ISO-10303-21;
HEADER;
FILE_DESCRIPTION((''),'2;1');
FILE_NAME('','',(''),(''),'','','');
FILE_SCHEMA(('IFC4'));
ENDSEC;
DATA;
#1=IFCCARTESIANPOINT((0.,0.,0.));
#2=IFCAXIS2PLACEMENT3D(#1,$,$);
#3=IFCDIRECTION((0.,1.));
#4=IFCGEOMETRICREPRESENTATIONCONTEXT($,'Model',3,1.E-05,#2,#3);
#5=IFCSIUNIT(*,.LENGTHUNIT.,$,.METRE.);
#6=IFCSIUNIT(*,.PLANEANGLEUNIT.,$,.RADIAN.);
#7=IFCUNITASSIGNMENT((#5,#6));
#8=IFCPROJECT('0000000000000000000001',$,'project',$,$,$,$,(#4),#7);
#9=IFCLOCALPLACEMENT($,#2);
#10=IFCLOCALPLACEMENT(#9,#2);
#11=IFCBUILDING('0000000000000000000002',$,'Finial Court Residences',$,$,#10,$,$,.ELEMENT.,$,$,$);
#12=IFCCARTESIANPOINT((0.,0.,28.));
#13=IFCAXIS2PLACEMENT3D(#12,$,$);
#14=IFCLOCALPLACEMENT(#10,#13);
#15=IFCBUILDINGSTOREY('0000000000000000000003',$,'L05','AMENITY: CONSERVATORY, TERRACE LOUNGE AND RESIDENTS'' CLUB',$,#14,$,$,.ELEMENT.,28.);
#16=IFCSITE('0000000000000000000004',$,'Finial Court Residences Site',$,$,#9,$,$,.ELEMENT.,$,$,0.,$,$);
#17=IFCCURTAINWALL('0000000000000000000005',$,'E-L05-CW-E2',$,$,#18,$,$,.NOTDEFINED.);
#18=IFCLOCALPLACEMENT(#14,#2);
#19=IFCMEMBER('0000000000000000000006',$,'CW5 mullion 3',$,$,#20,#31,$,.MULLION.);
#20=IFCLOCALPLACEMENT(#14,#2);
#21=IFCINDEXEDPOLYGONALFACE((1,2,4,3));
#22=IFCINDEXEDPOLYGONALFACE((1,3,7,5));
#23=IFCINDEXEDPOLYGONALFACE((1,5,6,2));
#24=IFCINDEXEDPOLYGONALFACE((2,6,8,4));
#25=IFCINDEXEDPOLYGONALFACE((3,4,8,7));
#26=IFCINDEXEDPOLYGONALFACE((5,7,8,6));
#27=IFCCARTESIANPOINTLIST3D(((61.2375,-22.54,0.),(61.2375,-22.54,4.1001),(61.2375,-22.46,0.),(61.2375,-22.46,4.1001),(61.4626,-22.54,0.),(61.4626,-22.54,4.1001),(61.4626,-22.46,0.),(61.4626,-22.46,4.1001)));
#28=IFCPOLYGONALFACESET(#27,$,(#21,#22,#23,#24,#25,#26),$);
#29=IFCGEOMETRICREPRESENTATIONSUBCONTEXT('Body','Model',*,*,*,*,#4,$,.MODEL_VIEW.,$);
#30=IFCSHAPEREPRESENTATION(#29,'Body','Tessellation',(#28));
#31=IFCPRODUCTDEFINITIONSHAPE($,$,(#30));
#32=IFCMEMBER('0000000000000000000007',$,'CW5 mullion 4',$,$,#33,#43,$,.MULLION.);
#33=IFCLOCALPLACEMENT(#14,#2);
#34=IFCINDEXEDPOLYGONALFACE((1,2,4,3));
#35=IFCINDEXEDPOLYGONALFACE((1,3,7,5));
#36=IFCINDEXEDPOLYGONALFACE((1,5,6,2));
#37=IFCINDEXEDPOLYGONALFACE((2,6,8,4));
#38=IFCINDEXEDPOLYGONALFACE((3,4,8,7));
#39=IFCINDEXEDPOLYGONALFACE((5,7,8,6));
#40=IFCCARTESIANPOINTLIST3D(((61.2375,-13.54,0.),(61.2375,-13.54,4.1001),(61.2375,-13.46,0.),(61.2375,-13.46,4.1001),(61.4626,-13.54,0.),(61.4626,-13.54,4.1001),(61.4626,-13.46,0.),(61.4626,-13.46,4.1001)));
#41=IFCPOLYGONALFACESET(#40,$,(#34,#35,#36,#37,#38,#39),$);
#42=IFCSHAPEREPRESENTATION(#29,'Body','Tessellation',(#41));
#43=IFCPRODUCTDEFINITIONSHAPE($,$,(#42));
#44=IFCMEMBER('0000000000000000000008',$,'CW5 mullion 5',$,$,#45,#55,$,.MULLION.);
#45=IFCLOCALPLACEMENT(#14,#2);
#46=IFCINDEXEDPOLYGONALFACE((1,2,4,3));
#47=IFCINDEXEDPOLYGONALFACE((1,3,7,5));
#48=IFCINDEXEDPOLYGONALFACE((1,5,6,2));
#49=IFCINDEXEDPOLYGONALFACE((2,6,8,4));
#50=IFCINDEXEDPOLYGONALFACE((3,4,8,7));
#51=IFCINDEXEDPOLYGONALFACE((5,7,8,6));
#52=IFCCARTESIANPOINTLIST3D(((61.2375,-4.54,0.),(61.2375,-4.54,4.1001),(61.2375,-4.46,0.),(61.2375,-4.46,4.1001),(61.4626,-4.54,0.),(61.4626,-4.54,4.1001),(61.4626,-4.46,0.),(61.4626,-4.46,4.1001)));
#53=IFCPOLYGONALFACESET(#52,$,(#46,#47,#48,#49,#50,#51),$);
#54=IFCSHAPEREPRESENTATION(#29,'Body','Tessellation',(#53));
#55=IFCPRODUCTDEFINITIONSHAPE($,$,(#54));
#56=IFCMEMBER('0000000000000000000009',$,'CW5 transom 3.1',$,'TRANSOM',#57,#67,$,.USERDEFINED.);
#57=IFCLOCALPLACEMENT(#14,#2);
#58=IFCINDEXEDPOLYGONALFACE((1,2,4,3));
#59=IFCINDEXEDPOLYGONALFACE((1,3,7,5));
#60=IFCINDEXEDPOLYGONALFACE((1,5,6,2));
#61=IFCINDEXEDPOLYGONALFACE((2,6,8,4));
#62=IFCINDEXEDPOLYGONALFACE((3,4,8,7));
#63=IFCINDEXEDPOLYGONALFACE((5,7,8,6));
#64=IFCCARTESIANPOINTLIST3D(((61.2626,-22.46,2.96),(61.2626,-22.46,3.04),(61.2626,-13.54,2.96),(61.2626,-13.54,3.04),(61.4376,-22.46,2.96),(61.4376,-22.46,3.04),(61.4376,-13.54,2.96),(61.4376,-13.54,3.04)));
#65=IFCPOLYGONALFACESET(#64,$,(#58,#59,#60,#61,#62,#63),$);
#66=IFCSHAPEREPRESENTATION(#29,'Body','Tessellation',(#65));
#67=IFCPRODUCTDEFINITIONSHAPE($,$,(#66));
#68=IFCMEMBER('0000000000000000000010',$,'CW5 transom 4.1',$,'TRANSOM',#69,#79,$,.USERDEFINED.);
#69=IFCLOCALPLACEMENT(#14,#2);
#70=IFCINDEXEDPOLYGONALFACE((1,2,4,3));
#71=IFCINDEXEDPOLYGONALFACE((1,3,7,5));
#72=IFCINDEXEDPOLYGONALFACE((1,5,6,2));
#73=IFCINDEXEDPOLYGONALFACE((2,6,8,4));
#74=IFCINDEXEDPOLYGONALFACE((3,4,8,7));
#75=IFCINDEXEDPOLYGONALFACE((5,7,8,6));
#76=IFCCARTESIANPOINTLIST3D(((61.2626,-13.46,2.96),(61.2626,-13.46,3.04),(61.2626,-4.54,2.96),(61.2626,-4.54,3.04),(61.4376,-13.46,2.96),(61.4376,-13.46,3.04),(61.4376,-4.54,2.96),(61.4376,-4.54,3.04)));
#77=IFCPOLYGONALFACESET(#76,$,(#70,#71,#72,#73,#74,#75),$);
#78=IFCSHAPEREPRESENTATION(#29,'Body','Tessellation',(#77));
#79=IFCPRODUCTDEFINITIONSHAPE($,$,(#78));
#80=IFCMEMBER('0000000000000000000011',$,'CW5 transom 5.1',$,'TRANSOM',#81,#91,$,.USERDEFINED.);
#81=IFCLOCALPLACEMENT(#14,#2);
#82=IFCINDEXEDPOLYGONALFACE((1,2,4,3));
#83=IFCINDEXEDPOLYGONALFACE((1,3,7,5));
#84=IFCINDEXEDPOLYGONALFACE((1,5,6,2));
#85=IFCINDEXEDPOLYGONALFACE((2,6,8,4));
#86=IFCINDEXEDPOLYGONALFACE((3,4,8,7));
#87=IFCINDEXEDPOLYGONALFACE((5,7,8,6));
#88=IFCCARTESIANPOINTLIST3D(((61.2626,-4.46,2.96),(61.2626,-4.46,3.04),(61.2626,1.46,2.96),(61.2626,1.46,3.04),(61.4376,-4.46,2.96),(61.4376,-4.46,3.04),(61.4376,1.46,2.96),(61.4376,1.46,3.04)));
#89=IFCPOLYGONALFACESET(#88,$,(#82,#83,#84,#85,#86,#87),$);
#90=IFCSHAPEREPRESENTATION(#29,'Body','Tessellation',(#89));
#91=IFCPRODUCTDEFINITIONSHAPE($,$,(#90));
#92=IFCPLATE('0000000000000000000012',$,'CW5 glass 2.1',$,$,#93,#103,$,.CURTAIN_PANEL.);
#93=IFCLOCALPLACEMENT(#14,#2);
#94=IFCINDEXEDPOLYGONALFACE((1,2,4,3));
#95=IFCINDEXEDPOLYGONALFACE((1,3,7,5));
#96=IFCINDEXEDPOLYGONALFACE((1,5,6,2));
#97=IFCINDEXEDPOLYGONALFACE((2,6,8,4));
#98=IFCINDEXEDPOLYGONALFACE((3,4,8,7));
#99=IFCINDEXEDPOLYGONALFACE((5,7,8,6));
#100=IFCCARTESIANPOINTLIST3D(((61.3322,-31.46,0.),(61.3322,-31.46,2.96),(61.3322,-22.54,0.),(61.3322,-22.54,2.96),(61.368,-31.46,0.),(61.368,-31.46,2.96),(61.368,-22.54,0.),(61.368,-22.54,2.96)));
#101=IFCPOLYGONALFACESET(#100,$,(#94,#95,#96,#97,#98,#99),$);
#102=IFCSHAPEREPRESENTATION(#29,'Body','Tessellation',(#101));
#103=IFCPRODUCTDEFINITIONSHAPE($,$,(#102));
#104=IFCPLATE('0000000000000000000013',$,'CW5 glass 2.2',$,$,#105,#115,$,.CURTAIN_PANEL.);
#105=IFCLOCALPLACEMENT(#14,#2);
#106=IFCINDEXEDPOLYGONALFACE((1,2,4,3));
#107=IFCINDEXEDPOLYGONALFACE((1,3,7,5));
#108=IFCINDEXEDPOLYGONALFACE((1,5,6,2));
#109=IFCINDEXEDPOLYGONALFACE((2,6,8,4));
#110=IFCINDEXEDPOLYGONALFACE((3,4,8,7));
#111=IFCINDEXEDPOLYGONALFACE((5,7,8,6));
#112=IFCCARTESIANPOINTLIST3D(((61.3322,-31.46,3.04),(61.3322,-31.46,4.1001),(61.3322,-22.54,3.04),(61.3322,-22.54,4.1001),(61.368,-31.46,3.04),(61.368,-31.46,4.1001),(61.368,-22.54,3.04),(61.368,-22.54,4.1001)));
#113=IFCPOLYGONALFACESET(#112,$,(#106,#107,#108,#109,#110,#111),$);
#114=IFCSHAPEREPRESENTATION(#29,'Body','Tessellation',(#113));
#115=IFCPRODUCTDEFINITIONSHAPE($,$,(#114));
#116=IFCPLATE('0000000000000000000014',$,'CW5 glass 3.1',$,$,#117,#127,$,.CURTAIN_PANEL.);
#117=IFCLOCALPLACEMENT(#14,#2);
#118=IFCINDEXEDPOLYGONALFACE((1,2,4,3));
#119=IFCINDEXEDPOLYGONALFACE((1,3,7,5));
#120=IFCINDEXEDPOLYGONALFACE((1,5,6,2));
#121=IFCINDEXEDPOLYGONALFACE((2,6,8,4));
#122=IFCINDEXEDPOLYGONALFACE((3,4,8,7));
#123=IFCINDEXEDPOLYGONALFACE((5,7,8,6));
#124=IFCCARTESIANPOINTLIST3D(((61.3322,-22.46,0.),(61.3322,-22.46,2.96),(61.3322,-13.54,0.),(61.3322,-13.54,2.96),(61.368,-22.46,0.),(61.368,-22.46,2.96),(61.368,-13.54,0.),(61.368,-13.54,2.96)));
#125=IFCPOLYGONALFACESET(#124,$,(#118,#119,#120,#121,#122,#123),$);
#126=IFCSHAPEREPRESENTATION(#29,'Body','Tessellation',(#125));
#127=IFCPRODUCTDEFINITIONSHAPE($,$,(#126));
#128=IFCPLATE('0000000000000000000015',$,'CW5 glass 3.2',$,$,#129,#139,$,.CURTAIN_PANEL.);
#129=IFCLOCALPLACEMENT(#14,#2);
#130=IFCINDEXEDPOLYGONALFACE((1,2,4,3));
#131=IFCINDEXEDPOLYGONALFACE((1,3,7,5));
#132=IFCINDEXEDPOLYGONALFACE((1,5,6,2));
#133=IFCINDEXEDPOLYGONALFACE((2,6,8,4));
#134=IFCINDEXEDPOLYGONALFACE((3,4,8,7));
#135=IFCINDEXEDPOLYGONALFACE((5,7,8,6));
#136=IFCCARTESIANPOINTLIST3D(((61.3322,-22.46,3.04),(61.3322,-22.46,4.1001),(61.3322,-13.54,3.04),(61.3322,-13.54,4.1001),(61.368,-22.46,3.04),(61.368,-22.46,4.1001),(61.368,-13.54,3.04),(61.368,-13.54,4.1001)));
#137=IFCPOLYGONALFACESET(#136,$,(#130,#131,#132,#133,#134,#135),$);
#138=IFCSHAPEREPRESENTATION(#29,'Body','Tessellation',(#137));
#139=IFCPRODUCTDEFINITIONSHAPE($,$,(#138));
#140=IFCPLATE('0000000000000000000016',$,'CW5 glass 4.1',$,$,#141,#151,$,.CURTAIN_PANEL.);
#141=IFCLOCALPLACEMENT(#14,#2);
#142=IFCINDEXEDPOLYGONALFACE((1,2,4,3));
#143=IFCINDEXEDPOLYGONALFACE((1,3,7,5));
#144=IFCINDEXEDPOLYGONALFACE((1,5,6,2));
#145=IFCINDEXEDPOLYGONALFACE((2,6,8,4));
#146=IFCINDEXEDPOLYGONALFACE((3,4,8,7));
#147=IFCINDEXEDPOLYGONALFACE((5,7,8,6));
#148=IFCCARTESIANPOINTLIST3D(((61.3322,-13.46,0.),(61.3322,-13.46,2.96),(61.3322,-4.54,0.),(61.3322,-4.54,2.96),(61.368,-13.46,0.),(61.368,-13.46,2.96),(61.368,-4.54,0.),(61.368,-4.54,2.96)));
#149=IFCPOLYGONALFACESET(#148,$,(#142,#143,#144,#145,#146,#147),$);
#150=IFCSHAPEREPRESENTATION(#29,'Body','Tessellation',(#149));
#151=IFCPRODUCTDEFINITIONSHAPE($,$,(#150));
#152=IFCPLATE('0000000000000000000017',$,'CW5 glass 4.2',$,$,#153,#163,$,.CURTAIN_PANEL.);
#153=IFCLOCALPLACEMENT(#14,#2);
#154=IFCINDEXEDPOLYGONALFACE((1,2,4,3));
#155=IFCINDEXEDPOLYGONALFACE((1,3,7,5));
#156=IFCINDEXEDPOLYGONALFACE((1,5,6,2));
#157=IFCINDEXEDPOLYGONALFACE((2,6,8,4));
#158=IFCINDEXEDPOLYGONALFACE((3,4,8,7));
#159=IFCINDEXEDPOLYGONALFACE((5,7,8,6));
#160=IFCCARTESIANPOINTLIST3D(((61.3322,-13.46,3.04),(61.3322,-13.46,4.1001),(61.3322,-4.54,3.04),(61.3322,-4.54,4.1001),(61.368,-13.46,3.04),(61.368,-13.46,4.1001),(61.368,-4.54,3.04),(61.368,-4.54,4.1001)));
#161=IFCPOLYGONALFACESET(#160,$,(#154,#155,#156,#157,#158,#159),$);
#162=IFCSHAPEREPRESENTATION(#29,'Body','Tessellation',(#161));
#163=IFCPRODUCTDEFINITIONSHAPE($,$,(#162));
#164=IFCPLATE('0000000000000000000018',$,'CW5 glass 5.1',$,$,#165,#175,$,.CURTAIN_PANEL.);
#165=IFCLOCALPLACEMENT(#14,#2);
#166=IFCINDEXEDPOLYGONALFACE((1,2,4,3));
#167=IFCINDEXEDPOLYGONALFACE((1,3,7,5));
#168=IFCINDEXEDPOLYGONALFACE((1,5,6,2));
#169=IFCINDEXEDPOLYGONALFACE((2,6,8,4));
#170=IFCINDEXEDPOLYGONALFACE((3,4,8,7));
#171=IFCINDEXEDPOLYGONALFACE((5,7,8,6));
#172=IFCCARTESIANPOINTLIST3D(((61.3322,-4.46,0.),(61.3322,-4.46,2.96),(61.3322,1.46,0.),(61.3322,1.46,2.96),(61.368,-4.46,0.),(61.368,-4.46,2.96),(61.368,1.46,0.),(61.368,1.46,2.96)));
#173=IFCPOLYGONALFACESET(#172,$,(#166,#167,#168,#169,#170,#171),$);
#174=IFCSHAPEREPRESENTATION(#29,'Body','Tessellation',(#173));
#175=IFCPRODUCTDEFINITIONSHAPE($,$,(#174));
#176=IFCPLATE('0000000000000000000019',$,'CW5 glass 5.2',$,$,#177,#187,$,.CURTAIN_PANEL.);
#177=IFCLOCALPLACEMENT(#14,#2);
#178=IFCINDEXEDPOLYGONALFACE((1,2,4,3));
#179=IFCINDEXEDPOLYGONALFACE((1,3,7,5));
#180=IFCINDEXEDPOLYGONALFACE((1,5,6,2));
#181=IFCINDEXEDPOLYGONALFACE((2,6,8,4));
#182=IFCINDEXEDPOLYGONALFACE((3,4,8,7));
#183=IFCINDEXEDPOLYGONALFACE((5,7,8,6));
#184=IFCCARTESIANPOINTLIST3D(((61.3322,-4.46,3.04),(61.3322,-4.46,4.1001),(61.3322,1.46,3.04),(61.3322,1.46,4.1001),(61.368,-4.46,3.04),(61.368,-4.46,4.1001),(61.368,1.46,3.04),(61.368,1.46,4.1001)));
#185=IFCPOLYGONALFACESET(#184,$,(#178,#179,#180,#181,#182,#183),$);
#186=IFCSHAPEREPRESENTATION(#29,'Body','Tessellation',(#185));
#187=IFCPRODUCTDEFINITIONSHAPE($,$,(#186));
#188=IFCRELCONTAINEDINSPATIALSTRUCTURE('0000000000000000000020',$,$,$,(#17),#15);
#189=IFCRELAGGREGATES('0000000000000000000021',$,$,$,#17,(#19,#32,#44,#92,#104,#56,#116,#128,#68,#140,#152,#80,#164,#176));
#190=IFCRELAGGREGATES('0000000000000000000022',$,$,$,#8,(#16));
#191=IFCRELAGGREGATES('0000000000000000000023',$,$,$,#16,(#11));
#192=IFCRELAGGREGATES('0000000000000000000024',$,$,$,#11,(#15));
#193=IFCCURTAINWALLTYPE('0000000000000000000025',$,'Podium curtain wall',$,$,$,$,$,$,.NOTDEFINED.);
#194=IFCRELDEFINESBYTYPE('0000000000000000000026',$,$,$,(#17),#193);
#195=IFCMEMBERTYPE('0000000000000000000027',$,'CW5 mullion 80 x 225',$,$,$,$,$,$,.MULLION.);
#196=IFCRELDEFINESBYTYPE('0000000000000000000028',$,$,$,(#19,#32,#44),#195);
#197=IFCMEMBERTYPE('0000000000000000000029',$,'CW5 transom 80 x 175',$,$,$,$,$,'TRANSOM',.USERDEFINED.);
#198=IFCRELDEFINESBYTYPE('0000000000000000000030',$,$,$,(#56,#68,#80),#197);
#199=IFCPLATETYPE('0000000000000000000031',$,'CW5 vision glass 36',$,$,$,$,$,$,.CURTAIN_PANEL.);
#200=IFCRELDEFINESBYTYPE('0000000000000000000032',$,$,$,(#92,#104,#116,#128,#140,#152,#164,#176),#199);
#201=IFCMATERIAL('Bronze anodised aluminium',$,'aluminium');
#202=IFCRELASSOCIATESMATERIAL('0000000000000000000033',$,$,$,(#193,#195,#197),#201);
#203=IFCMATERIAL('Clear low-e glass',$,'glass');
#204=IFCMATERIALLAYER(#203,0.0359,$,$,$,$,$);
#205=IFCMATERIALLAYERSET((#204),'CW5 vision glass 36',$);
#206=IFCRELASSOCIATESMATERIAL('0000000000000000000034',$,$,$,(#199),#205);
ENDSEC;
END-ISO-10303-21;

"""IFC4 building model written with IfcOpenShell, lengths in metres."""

from ifc_helpers import new_model, si_unit, direction, frame, origin, origin_2d, place, context, subcontext, project, spatial, rectangle, extrude, material, layer, layer_set, material_profile, profile_set, type_object, element, aggregate, save


model = new_model("IFC4")

# Units and contexts
model_context = context("Model", 3, precision=1e-05, world=origin(), true_north=direction((0.0, 1.0)))
body_context = subcontext(model_context, "Body", "Model", "MODEL_VIEW")
ifc_project = project(units=[si_unit("LENGTHUNIT", "METRE"), si_unit("PLANEANGLEUNIT", "RADIAN")], contexts=[model_context])

# Site, building, storey
site_placement = place(None, origin())
site = spatial("IfcSite", under=ifc_project, at=site_placement, Name="Finial Court Residences Site", CompositionType="ELEMENT", RefElevation=0.0)
building_placement = place(site_placement, origin())
building = spatial("IfcBuilding", under=site, at=building_placement, Name="Finial Court Residences", CompositionType="ELEMENT")
storey_placement = place(building_placement, frame((0.0, 0.0, 28.0)))
storey = spatial("IfcBuildingStorey", under=building, at=storey_placement, Name="L05", Description="AMENITY: CONSERVATORY, TERRACE LOUNGE AND RESIDENTS' CLUB", CompositionType="ELEMENT", Elevation=28.0)

# Curtain wall, members, plates
ifc_material_1 = material(Name="Bronze anodised aluminium", Category="aluminium")
curtain_wall_type = type_object("IfcCurtainWallType", Name="Podium curtain wall", PredefinedType="NOTDEFINED", material=ifc_material_1)
curtain_wall_placement = place(storey_placement, origin())
curtain_wall = element("IfcCurtainWall", 1, at=curtain_wall_placement, inside=storey, type_object=curtain_wall_type, Name="E-L05-CW-E2", PredefinedType="NOTDEFINED")
ifc_material_profile_1 = material_profile(ifc_material_1, rectangle(XDim=0.2251, YDim=0.0801, at=origin_2d()), Name="CW5 mullion 80 x 225")
ifc_profile_set_1 = profile_set([ifc_material_profile_1], Name="Bronze anodised aluminium")
member_type_1 = type_object("IfcMemberType", Name="CW5 mullion 80 x 225", PredefinedType="MULLION", material=ifc_profile_set_1)
member_1_placement = place(storey_placement, frame((61.3501, -22.5, 0.0), z_axis=(0.0, 0.0, 1.0), x_axis=(-1.0, 0.0, 0.0)))
member_1 = element("IfcMember", 2, at=member_1_placement, type_object=member_type_1, Name="CW5 mullion 3", PredefinedType="MULLION", context=body_context, shape_type="SweptSolid", body=[
    extrude(rectangle(XDim=0.2251, YDim=0.0801, at=origin_2d()), origin(), (0.0, 0.0, 1.0), 4.1001),
])
member_2_placement = place(storey_placement, frame((61.3501, -13.5, 0.0), z_axis=(0.0, 0.0, 1.0), x_axis=(-1.0, 0.0, 0.0)))
member_2 = element("IfcMember", 3, at=member_2_placement, type_object=member_type_1, Name="CW5 mullion 4", PredefinedType="MULLION", context=body_context, shape_type="SweptSolid", body=[
    extrude(rectangle(XDim=0.2251, YDim=0.0801, at=origin_2d()), origin(), (0.0, 0.0, 1.0), 4.1001),
])
member_3_placement = place(storey_placement, frame((61.3501, -4.5, 0.0), z_axis=(0.0, 0.0, 1.0), x_axis=(-1.0, 0.0, 0.0)))
member_3 = element("IfcMember", 4, at=member_3_placement, type_object=member_type_1, Name="CW5 mullion 5", PredefinedType="MULLION", context=body_context, shape_type="SweptSolid", body=[
    extrude(rectangle(XDim=0.2251, YDim=0.0801, at=origin_2d()), origin(), (0.0, 0.0, 1.0), 4.1001),
])
ifc_material_profile_2 = material_profile(ifc_material_1, rectangle(XDim=0.175, YDim=0.0801, at=origin_2d()), Name="CW5 transom 80 x 175")
ifc_profile_set_2 = profile_set([ifc_material_profile_2], Name="Bronze anodised aluminium")
member_type_2 = type_object("IfcMemberType", Name="CW5 transom 80 x 175", ElementType="TRANSOM", PredefinedType="USERDEFINED", material=ifc_profile_set_2)
member_4_placement = place(storey_placement, frame((61.3501, -22.46, 3.0), z_axis=(0.0, 1.0, 0.0), x_axis=(-1.0, 0.0, 0.0)))
member_4 = element("IfcMember", 5, at=member_4_placement, type_object=member_type_2, Name="CW5 transom 3.1", ObjectType="TRANSOM", PredefinedType="USERDEFINED", context=body_context, shape_type="SweptSolid", body=[
    extrude(rectangle(XDim=0.175, YDim=0.0801, at=origin_2d()), origin(), (0.0, 0.0, 1.0), 8.9199),
])
member_5_placement = place(storey_placement, frame((61.3501, -13.46, 3.0), z_axis=(0.0, 1.0, 0.0), x_axis=(-1.0, 0.0, 0.0)))
member_5 = element("IfcMember", 6, at=member_5_placement, type_object=member_type_2, Name="CW5 transom 4.1", ObjectType="TRANSOM", PredefinedType="USERDEFINED", context=body_context, shape_type="SweptSolid", body=[
    extrude(rectangle(XDim=0.175, YDim=0.0801, at=origin_2d()), origin(), (0.0, 0.0, 1.0), 8.9199),
])
member_6_placement = place(storey_placement, frame((61.3501, -4.46, 3.0), z_axis=(0.0, 1.0, 0.0), x_axis=(-1.0, 0.0, 0.0)))
member_6 = element("IfcMember", 7, at=member_6_placement, type_object=member_type_2, Name="CW5 transom 5.1", ObjectType="TRANSOM", PredefinedType="USERDEFINED", context=body_context, shape_type="SweptSolid", body=[
    extrude(rectangle(XDim=0.175, YDim=0.0801, at=origin_2d()), origin(), (0.0, 0.0, 1.0), 5.9199),
])
ifc_material_2 = material(Name="Clear low-e glass", Category="glass")
ifc_layer_1 = layer(ifc_material_2, 0.0359)
ifc_layer_set_1 = layer_set([ifc_layer_1], Name="CW5 vision glass 36")
plate_type = type_object("IfcPlateType", Name="CW5 vision glass 36", PredefinedType="CURTAIN_PANEL", material=ifc_layer_set_1)
plate_1_placement = place(storey_placement, frame((61.3501, -27.0, 0.0), z_axis=(0.0, 0.0, 1.0), x_axis=(0.0, 1.0, 0.0)))
plate_1 = element("IfcPlate", 8, at=plate_1_placement, type_object=plate_type, Name="CW5 glass 2.1", PredefinedType="CURTAIN_PANEL", context=body_context, shape_type="SweptSolid", body=[
    extrude(rectangle(XDim=8.9199, YDim=0.0359, at=origin_2d()), origin(), (0.0, 0.0, 1.0), 2.96),
])
plate_2_placement = place(storey_placement, frame((61.3501, -27.0, 3.04), z_axis=(0.0, 0.0, 1.0), x_axis=(0.0, 1.0, 0.0)))
plate_2 = element("IfcPlate", 9, at=plate_2_placement, type_object=plate_type, Name="CW5 glass 2.2", PredefinedType="CURTAIN_PANEL", context=body_context, shape_type="SweptSolid", body=[
    extrude(rectangle(XDim=8.9199, YDim=0.0359, at=origin_2d()), origin(), (0.0, 0.0, 1.0), 1.0601),
])
plate_3_placement = place(storey_placement, frame((61.3501, -18.0, 0.0), z_axis=(0.0, 0.0, 1.0), x_axis=(0.0, 1.0, 0.0)))
plate_3 = element("IfcPlate", 10, at=plate_3_placement, type_object=plate_type, Name="CW5 glass 3.1", PredefinedType="CURTAIN_PANEL", context=body_context, shape_type="SweptSolid", body=[
    extrude(rectangle(XDim=8.9199, YDim=0.0359, at=origin_2d()), origin(), (0.0, 0.0, 1.0), 2.96),
])
plate_4_placement = place(storey_placement, frame((61.3501, -18.0, 3.04), z_axis=(0.0, 0.0, 1.0), x_axis=(0.0, 1.0, 0.0)))
plate_4 = element("IfcPlate", 11, at=plate_4_placement, type_object=plate_type, Name="CW5 glass 3.2", PredefinedType="CURTAIN_PANEL", context=body_context, shape_type="SweptSolid", body=[
    extrude(rectangle(XDim=8.9199, YDim=0.0359, at=origin_2d()), origin(), (0.0, 0.0, 1.0), 1.0601),
])
plate_5_placement = place(storey_placement, frame((61.3501, -9.0, 0.0), z_axis=(0.0, 0.0, 1.0), x_axis=(0.0, 1.0, 0.0)))
plate_5 = element("IfcPlate", 12, at=plate_5_placement, type_object=plate_type, Name="CW5 glass 4.1", PredefinedType="CURTAIN_PANEL", context=body_context, shape_type="SweptSolid", body=[
    extrude(rectangle(XDim=8.9199, YDim=0.0359, at=origin_2d()), origin(), (0.0, 0.0, 1.0), 2.96),
])
plate_6_placement = place(storey_placement, frame((61.3501, -9.0, 3.04), z_axis=(0.0, 0.0, 1.0), x_axis=(0.0, 1.0, 0.0)))
plate_6 = element("IfcPlate", 13, at=plate_6_placement, type_object=plate_type, Name="CW5 glass 4.2", PredefinedType="CURTAIN_PANEL", context=body_context, shape_type="SweptSolid", body=[
    extrude(rectangle(XDim=8.9199, YDim=0.0359, at=origin_2d()), origin(), (0.0, 0.0, 1.0), 1.0601),
])
plate_7_placement = place(storey_placement, frame((61.3501, -1.5, 0.0), z_axis=(0.0, 0.0, 1.0), x_axis=(0.0, 1.0, 0.0)))
plate_7 = element("IfcPlate", 14, at=plate_7_placement, type_object=plate_type, Name="CW5 glass 5.1", PredefinedType="CURTAIN_PANEL", context=body_context, shape_type="SweptSolid", body=[
    extrude(rectangle(XDim=5.9199, YDim=0.0359, at=origin_2d()), origin(), (0.0, 0.0, 1.0), 2.96),
])
plate_8_placement = place(storey_placement, frame((61.3501, -1.5, 3.04), z_axis=(0.0, 0.0, 1.0), x_axis=(0.0, 1.0, 0.0)))
plate_8 = element("IfcPlate", 15, at=plate_8_placement, type_object=plate_type, Name="CW5 glass 5.2", PredefinedType="CURTAIN_PANEL", context=body_context, shape_type="SweptSolid", body=[
    extrude(rectangle(XDim=5.9199, YDim=0.0359, at=origin_2d()), origin(), (0.0, 0.0, 1.0), 1.0601),
])
aggregate(curtain_wall, [member_1, member_2, member_3, plate_1, plate_2, member_4, plate_3, plate_4, member_5, plate_5, plate_6, member_6, plate_7, plate_8])

save(model, "model.ifc")
